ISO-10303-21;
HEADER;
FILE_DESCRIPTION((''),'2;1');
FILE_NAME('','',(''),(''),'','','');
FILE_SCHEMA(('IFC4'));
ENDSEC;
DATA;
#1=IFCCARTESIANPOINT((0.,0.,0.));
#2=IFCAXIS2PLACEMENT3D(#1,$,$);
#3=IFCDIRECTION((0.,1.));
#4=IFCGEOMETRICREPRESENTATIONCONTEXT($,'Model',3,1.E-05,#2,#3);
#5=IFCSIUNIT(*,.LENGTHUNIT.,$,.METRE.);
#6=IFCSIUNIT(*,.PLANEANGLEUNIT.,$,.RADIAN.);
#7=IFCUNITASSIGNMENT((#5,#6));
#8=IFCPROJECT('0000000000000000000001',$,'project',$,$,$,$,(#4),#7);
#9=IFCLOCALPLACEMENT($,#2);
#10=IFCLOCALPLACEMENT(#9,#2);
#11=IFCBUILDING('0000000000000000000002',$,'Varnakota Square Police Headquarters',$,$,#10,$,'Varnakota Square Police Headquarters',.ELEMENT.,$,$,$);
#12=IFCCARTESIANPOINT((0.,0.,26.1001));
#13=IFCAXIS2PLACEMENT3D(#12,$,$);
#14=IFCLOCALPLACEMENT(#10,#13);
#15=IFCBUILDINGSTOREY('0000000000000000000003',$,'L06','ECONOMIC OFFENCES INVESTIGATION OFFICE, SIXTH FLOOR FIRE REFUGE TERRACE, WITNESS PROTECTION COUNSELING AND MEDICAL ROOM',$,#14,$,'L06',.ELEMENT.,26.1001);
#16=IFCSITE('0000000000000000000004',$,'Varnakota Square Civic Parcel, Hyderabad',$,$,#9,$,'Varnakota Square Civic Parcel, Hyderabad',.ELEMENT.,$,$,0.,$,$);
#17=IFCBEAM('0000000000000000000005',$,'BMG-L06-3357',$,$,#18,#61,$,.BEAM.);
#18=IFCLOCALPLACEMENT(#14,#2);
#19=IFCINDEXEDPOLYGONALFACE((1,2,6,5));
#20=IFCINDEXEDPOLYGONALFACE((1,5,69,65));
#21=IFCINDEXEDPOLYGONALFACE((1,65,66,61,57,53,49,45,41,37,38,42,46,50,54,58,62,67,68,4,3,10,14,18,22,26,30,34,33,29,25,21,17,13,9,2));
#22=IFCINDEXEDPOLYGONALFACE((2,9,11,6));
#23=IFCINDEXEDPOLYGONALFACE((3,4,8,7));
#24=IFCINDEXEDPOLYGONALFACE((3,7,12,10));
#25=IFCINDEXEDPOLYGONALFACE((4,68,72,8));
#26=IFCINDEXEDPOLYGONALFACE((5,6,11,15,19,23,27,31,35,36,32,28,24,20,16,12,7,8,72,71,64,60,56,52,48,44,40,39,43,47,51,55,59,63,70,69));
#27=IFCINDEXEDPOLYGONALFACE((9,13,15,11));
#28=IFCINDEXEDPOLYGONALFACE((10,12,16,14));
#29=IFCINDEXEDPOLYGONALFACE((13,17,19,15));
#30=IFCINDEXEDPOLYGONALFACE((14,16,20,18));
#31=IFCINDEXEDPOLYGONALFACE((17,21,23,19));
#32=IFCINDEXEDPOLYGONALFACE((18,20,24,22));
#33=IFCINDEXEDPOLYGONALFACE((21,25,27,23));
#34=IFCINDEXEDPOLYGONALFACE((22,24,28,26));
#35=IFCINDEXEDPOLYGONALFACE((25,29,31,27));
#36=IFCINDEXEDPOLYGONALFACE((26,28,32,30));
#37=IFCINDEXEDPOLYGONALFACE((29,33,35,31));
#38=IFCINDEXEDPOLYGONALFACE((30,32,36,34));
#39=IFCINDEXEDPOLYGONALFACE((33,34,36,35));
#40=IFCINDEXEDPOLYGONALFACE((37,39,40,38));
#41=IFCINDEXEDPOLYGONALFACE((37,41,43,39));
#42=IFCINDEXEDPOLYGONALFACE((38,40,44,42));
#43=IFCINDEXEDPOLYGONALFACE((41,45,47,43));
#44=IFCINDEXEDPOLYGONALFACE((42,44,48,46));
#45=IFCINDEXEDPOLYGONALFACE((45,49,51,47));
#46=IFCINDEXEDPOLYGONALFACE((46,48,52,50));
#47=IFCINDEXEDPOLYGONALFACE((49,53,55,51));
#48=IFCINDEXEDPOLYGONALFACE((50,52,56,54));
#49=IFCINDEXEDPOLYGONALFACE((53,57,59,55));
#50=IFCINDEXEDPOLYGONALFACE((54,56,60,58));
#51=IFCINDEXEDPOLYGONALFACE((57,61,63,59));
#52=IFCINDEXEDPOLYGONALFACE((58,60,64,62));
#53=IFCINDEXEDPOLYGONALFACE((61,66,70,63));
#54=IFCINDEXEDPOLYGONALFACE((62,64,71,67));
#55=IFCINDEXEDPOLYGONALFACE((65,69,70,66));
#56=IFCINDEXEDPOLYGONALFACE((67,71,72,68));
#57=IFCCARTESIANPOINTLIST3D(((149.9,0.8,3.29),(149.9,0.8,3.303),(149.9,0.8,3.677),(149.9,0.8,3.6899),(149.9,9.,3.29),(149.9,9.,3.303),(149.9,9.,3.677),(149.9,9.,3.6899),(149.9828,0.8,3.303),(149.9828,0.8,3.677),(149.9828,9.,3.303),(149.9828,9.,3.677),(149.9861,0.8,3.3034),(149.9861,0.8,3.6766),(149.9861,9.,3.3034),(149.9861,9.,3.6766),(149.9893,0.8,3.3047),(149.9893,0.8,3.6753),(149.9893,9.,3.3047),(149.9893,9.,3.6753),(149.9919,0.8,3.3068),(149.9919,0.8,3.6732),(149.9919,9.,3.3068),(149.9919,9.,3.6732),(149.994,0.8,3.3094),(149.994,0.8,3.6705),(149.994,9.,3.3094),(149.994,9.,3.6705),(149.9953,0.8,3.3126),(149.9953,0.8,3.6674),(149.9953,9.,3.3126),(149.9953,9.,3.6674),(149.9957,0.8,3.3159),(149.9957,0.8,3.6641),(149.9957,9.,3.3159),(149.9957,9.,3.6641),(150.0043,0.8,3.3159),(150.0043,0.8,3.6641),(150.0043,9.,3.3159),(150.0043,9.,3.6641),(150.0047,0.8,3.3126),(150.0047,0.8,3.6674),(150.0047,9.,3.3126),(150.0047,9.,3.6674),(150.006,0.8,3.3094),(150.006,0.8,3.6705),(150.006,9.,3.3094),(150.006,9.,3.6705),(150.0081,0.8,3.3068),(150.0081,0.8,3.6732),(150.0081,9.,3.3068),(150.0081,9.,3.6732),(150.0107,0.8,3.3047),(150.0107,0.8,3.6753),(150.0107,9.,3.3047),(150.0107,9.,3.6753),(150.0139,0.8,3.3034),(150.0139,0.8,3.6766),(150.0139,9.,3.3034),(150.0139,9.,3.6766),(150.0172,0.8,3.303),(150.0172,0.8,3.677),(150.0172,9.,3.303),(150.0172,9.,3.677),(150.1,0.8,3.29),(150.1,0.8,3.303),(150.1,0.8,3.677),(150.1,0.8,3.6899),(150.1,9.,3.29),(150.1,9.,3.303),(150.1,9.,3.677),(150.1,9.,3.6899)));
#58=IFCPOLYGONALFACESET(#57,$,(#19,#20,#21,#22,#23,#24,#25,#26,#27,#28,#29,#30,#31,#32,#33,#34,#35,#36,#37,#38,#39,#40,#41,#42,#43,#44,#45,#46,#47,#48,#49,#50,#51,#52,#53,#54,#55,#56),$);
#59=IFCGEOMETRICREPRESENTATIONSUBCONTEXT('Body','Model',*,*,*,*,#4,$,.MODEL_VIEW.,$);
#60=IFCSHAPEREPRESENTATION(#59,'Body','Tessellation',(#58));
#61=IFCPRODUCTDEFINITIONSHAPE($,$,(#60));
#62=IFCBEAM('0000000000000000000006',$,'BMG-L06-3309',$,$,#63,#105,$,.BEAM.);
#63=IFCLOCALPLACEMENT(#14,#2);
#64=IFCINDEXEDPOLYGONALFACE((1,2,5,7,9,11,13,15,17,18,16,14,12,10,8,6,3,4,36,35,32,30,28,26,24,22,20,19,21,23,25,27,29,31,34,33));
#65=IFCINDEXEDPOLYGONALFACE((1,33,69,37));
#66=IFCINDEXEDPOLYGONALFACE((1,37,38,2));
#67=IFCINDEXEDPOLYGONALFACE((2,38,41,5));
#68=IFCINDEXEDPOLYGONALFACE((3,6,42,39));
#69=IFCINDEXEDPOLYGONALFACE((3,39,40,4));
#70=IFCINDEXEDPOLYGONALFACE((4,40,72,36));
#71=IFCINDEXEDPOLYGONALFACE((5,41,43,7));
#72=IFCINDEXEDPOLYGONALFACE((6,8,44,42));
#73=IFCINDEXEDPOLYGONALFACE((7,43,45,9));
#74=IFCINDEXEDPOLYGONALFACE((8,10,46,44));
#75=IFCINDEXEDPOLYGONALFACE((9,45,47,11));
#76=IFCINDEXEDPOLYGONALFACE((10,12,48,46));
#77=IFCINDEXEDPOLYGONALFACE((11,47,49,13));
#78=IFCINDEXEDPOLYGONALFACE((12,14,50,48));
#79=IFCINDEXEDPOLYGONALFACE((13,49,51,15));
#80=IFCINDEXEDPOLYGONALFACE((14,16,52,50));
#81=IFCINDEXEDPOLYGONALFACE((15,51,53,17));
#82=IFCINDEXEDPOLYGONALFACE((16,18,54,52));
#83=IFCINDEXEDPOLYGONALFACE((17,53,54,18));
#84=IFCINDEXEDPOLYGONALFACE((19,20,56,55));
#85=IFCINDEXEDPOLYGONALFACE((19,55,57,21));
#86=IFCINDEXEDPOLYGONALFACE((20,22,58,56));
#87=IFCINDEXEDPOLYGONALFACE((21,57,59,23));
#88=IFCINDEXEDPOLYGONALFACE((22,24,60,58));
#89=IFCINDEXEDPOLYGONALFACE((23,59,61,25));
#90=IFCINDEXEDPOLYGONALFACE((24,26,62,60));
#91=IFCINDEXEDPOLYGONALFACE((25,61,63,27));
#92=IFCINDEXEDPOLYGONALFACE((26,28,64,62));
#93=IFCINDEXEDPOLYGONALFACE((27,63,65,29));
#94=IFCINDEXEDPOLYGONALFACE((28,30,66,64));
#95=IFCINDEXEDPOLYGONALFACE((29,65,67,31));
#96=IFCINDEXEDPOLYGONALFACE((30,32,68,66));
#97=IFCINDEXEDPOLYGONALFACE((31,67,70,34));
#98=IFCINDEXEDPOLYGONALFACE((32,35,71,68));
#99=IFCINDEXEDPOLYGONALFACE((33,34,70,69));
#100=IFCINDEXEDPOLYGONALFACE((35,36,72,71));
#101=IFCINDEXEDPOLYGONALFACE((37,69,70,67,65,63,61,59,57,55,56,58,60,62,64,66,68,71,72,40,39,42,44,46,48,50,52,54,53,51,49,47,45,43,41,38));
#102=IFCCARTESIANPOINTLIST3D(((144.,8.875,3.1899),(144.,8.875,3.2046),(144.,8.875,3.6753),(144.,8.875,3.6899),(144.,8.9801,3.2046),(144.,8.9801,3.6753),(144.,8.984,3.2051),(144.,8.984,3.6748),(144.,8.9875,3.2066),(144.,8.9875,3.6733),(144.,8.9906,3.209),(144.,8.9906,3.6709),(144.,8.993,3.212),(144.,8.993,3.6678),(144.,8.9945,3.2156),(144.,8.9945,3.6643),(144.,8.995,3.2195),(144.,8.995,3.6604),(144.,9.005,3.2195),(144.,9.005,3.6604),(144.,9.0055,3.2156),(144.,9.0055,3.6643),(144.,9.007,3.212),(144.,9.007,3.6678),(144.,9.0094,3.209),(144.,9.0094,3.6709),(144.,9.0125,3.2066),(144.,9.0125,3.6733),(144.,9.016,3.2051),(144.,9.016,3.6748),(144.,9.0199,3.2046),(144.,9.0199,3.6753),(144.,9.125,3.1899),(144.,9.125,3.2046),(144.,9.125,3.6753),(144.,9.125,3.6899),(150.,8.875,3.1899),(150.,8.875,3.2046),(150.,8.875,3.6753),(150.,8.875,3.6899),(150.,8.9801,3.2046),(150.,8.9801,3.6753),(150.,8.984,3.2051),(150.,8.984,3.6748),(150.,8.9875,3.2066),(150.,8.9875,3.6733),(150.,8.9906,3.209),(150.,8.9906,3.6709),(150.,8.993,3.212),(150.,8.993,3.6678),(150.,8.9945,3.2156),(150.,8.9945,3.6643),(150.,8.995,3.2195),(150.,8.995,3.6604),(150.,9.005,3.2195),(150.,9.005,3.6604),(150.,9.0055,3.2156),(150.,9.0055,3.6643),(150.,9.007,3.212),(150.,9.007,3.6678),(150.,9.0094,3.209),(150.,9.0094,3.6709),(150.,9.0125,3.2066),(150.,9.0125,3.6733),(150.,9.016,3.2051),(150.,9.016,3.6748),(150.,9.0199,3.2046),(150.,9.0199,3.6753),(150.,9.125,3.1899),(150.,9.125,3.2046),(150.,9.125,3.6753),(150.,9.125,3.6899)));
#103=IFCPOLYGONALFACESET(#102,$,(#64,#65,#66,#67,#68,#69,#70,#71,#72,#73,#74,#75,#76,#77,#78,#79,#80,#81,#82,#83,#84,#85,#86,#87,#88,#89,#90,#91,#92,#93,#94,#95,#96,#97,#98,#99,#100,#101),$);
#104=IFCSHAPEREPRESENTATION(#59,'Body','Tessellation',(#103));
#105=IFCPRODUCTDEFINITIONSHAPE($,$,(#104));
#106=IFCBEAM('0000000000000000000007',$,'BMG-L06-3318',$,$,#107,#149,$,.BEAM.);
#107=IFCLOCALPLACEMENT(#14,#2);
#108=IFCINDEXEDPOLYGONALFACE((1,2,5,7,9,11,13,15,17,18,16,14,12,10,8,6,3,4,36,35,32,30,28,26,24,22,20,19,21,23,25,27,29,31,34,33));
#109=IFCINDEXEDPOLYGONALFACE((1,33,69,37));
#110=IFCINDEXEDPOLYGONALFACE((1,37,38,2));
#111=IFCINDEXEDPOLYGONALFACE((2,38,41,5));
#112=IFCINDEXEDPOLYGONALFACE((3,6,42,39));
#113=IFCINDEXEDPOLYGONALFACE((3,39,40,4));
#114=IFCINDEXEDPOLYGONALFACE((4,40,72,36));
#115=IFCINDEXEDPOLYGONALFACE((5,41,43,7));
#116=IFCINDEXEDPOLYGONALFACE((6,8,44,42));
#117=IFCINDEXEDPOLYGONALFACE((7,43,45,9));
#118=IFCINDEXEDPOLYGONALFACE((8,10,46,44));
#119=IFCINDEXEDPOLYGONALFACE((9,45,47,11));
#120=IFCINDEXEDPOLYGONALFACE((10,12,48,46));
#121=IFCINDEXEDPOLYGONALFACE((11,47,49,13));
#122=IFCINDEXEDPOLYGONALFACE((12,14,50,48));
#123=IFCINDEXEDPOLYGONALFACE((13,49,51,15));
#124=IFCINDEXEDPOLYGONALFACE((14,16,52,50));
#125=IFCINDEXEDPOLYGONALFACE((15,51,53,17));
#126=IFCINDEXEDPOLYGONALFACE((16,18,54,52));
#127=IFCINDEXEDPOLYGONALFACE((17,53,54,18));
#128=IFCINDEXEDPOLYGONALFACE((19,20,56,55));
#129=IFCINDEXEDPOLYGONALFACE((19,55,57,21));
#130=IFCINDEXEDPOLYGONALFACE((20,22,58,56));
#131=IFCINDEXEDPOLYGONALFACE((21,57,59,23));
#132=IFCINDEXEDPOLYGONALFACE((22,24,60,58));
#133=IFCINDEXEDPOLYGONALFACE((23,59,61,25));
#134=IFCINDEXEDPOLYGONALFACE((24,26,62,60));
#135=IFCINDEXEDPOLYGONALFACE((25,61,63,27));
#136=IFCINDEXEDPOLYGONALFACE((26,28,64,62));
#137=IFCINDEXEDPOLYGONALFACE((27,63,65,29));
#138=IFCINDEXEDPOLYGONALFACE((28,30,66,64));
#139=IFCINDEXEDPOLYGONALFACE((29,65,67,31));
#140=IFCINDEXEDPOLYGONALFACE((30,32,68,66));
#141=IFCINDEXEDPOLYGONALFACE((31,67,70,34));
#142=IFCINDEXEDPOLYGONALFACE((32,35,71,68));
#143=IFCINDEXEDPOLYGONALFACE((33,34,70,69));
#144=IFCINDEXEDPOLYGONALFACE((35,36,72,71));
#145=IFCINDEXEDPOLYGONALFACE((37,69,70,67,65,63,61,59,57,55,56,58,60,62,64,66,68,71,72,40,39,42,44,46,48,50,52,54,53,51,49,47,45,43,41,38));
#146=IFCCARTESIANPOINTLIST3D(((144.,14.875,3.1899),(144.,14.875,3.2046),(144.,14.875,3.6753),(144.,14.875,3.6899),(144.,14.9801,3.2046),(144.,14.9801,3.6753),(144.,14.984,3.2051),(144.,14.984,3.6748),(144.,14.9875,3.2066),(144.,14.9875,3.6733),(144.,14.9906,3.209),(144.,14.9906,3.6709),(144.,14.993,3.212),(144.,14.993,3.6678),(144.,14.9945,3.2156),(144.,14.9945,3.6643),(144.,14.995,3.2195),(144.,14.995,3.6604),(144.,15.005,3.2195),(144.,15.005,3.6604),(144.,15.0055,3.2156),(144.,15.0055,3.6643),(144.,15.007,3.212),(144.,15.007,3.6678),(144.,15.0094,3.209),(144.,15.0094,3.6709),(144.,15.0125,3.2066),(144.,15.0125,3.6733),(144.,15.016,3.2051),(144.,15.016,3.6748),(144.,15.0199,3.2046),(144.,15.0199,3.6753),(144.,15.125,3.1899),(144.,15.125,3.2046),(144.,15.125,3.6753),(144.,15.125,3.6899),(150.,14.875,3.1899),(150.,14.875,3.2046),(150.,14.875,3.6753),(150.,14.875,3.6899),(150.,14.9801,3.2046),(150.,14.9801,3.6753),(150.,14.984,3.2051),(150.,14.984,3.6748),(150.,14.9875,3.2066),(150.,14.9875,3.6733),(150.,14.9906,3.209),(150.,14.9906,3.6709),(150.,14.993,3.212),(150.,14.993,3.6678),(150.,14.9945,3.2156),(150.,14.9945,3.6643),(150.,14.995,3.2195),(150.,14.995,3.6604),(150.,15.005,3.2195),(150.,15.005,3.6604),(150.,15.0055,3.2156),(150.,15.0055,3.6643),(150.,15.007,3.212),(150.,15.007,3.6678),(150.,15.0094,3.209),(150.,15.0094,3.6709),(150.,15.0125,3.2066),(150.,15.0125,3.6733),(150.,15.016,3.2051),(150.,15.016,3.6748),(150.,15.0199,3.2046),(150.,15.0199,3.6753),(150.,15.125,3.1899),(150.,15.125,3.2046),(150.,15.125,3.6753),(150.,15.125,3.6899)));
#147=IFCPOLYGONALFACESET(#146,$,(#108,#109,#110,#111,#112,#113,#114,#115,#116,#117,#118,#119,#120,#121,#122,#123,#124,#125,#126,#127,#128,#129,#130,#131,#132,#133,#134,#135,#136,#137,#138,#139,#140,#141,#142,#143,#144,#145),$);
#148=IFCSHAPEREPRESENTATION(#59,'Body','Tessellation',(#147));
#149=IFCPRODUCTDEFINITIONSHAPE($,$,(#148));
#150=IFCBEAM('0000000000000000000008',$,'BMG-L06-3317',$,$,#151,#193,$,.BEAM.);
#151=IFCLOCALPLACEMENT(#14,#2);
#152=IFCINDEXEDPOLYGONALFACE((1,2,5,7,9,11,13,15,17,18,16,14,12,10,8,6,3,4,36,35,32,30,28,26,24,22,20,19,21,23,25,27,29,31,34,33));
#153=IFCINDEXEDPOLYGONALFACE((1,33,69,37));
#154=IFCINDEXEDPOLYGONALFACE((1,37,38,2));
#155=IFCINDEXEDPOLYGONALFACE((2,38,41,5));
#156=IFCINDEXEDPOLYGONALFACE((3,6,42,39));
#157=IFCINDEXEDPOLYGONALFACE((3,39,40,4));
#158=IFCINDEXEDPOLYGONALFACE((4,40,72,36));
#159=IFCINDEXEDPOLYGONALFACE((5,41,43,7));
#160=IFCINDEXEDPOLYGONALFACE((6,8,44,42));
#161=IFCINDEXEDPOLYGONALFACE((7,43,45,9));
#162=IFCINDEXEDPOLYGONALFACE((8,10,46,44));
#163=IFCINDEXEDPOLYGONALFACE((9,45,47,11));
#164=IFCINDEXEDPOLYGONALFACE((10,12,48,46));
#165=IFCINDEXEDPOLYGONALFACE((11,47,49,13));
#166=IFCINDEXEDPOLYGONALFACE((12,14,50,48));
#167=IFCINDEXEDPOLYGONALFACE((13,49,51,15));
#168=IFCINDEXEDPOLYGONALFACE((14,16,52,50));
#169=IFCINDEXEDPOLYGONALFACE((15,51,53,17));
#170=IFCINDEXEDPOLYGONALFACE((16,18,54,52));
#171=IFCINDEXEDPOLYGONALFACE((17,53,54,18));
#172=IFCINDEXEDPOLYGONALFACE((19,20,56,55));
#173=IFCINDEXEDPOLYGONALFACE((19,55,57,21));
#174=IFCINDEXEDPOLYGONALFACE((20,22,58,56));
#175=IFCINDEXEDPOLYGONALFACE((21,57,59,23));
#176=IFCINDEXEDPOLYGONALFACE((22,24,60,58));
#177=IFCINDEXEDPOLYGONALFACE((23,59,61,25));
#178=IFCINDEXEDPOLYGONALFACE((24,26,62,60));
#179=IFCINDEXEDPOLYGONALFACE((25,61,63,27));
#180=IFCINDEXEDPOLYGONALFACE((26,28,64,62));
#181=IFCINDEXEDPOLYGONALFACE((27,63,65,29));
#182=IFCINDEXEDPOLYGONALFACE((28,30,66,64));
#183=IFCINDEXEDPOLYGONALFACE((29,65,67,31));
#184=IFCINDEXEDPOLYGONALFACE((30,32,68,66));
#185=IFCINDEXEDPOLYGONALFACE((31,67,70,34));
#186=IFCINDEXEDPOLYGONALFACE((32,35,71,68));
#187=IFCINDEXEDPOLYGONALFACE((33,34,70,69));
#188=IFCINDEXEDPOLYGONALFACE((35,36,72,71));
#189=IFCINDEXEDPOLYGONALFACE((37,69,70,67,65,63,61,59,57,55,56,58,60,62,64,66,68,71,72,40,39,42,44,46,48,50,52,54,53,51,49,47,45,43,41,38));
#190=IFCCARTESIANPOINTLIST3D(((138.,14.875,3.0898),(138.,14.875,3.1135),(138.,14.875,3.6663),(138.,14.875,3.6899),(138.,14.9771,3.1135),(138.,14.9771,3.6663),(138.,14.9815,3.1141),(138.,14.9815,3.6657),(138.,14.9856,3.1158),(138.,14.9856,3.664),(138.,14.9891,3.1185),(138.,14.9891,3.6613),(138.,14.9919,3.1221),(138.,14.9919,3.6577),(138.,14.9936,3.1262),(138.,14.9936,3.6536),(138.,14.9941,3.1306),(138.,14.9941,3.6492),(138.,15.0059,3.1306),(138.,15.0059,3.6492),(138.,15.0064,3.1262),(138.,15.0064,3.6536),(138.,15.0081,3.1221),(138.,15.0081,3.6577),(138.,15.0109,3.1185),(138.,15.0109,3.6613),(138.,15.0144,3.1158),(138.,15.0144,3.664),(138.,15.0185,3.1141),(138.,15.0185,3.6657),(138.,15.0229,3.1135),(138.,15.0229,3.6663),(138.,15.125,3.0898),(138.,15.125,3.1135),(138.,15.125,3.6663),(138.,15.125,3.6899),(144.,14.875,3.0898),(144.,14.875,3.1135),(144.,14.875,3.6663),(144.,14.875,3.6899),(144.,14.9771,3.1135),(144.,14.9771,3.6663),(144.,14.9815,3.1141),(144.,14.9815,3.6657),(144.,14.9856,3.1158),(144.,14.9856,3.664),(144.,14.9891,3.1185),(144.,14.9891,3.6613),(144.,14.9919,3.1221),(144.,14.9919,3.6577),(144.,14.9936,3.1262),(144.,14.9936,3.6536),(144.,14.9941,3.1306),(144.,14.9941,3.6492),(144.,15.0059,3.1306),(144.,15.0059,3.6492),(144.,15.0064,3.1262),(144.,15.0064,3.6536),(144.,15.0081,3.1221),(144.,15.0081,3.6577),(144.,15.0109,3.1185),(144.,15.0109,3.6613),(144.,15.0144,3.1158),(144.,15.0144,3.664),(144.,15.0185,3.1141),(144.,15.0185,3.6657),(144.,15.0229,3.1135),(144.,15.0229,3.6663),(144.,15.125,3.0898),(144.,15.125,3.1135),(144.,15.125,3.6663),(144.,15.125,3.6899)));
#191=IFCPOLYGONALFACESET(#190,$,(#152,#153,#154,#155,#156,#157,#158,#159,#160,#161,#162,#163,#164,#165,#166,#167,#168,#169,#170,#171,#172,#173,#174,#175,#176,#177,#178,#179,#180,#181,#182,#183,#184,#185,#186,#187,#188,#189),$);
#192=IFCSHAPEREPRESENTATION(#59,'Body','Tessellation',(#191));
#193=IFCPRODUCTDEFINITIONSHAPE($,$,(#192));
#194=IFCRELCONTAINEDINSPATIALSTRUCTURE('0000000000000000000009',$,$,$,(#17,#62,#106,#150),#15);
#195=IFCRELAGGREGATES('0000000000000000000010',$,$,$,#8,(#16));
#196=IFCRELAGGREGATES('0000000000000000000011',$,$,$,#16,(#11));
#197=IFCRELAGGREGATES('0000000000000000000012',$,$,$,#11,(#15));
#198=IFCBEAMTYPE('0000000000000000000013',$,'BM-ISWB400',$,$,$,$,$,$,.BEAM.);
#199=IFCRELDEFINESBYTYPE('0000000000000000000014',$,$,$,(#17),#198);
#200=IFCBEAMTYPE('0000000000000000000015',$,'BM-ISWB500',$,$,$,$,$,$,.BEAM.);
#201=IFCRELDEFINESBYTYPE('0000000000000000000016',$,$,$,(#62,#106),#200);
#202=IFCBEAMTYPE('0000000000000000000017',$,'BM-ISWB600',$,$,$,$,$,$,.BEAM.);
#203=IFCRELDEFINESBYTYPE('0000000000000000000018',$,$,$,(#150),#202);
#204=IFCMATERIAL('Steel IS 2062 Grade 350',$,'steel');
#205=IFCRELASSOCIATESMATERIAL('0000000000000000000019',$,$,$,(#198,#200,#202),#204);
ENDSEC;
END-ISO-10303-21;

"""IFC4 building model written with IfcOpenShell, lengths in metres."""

from ifc_helpers import new_model, si_unit, direction, frame, origin, origin_2d, place, context, subcontext, project, spatial, i_section, extrude, material, material_profile, profile_set, type_object, element, save


model = new_model("IFC4")

# Units and contexts
model_context = context("Model", 3, precision=1e-05, world=origin(), true_north=direction((0.0, 1.0)))
body_context = subcontext(model_context, "Body", "Model", "MODEL_VIEW")
ifc_project = project(units=[si_unit("LENGTHUNIT", "METRE"), si_unit("PLANEANGLEUNIT", "RADIAN")], contexts=[model_context])

# Site, building, storey
site_placement = place(None, origin())
site = spatial("IfcSite", under=ifc_project, at=site_placement, Name="Varnakota Square Civic Parcel, Hyderabad", LongName="Varnakota Square Civic Parcel, Hyderabad", CompositionType="ELEMENT", RefElevation=0.0)
building_placement = place(site_placement, origin())
building = spatial("IfcBuilding", under=site, at=building_placement, Name="Varnakota Square Police Headquarters", LongName="Varnakota Square Police Headquarters", CompositionType="ELEMENT")
storey_placement = place(building_placement, frame((0.0, 0.0, 26.1001)))
storey = spatial("IfcBuildingStorey", under=building, at=storey_placement, Name="L06", Description="ECONOMIC OFFENCES INVESTIGATION OFFICE, SIXTH FLOOR FIRE REFUGE TERRACE, WITNESS PROTECTION COUNSELING AND MEDICAL ROOM", LongName="L06", CompositionType="ELEMENT", Elevation=26.1001)

# Shared definitions
ifc_material_1 = material(Name="Steel IS 2062 Grade 350", Category="steel")

# Beams
ifc_material_profile_1 = material_profile(ifc_material_1, i_section(OverallWidth=0.2, OverallDepth=0.3999, WebThickness=0.0085, FlangeThickness=0.0129, FilletRadius=0.0129, at=origin_2d()), Name="ISWB 400")
ifc_profile_set_1 = profile_set([ifc_material_profile_1], Name="Steel IS 2062 Grade 350")
beam_type_1 = type_object("IfcBeamType", Name="BM-ISWB400", PredefinedType="BEAM", material=ifc_profile_set_1)
beam_1_placement = place(storey_placement, frame((150.0, 0.8, 3.49), z_axis=(0.0, 1.0, 0.0), x_axis=(-1.0, 0.0, 0.0)))
element("IfcBeam", 1, at=beam_1_placement, inside=storey, type_object=beam_type_1, Name="BMG-L06-3357", PredefinedType="BEAM", context=body_context, shape_type="SweptSolid", body=[
    extrude(i_section(OverallWidth=0.2, OverallDepth=0.3999, WebThickness=0.0085, FlangeThickness=0.0129, FilletRadius=0.0129, at=origin_2d()), origin(), (0.0, 0.0, 1.0), 8.2),
])
ifc_material_profile_2 = material_profile(ifc_material_1, i_section(OverallWidth=0.25, OverallDepth=0.5, WebThickness=0.01, FlangeThickness=0.0146, FilletRadius=0.0149, at=origin_2d()), Name="ISWB 500")
ifc_profile_set_2 = profile_set([ifc_material_profile_2], Name="Steel IS 2062 Grade 350")
beam_type_2 = type_object("IfcBeamType", Name="BM-ISWB500", PredefinedType="BEAM", material=ifc_profile_set_2)
for number, where, z_axis, x_axis, name in (
    (2, (144.0, 9.0, 3.4399), (1.0, 0.0, 0.0), (0.0, 1.0, 0.0), "BMG-L06-3309"),
    (3, (144.0, 15.0, 3.4399), (1.0, 0.0, 0.0), (0.0, 1.0, 0.0), "BMG-L06-3318"),
):
    element("IfcBeam", number, at=place(storey_placement, frame(where, z_axis=z_axis, x_axis=x_axis)), inside=storey, type_object=beam_type_2, Name=name, PredefinedType="BEAM", context=body_context, shape_type="SweptSolid", body=[
        extrude(i_section(OverallWidth=0.25, OverallDepth=0.5, WebThickness=0.01, FlangeThickness=0.0146, FilletRadius=0.0149, at=origin_2d()), origin(), (0.0, 0.0, 1.0), 6.0),
    ])
ifc_material_profile_3 = material_profile(ifc_material_1, i_section(OverallWidth=0.25, OverallDepth=0.6001, WebThickness=0.0117, FlangeThickness=0.0237, FilletRadius=0.0171, at=origin_2d()), Name="ISWB 600")
ifc_profile_set_3 = profile_set([ifc_material_profile_3], Name="Steel IS 2062 Grade 350")
beam_type_3 = type_object("IfcBeamType", Name="BM-ISWB600", PredefinedType="BEAM", material=ifc_profile_set_3)
beam_2_placement = place(storey_placement, frame((138.0, 15.0, 3.3899), z_axis=(1.0, 0.0, 0.0), x_axis=(0.0, 1.0, 0.0)))
element("IfcBeam", 4, at=beam_2_placement, inside=storey, type_object=beam_type_3, Name="BMG-L06-3317", PredefinedType="BEAM", context=body_context, shape_type="SweptSolid", body=[
    extrude(i_section(OverallWidth=0.25, OverallDepth=0.6001, WebThickness=0.0117, FlangeThickness=0.0237, FilletRadius=0.0171, at=origin_2d()), origin(), (0.0, 0.0, 1.0), 6.0),
])

save(model, "model.ifc")
